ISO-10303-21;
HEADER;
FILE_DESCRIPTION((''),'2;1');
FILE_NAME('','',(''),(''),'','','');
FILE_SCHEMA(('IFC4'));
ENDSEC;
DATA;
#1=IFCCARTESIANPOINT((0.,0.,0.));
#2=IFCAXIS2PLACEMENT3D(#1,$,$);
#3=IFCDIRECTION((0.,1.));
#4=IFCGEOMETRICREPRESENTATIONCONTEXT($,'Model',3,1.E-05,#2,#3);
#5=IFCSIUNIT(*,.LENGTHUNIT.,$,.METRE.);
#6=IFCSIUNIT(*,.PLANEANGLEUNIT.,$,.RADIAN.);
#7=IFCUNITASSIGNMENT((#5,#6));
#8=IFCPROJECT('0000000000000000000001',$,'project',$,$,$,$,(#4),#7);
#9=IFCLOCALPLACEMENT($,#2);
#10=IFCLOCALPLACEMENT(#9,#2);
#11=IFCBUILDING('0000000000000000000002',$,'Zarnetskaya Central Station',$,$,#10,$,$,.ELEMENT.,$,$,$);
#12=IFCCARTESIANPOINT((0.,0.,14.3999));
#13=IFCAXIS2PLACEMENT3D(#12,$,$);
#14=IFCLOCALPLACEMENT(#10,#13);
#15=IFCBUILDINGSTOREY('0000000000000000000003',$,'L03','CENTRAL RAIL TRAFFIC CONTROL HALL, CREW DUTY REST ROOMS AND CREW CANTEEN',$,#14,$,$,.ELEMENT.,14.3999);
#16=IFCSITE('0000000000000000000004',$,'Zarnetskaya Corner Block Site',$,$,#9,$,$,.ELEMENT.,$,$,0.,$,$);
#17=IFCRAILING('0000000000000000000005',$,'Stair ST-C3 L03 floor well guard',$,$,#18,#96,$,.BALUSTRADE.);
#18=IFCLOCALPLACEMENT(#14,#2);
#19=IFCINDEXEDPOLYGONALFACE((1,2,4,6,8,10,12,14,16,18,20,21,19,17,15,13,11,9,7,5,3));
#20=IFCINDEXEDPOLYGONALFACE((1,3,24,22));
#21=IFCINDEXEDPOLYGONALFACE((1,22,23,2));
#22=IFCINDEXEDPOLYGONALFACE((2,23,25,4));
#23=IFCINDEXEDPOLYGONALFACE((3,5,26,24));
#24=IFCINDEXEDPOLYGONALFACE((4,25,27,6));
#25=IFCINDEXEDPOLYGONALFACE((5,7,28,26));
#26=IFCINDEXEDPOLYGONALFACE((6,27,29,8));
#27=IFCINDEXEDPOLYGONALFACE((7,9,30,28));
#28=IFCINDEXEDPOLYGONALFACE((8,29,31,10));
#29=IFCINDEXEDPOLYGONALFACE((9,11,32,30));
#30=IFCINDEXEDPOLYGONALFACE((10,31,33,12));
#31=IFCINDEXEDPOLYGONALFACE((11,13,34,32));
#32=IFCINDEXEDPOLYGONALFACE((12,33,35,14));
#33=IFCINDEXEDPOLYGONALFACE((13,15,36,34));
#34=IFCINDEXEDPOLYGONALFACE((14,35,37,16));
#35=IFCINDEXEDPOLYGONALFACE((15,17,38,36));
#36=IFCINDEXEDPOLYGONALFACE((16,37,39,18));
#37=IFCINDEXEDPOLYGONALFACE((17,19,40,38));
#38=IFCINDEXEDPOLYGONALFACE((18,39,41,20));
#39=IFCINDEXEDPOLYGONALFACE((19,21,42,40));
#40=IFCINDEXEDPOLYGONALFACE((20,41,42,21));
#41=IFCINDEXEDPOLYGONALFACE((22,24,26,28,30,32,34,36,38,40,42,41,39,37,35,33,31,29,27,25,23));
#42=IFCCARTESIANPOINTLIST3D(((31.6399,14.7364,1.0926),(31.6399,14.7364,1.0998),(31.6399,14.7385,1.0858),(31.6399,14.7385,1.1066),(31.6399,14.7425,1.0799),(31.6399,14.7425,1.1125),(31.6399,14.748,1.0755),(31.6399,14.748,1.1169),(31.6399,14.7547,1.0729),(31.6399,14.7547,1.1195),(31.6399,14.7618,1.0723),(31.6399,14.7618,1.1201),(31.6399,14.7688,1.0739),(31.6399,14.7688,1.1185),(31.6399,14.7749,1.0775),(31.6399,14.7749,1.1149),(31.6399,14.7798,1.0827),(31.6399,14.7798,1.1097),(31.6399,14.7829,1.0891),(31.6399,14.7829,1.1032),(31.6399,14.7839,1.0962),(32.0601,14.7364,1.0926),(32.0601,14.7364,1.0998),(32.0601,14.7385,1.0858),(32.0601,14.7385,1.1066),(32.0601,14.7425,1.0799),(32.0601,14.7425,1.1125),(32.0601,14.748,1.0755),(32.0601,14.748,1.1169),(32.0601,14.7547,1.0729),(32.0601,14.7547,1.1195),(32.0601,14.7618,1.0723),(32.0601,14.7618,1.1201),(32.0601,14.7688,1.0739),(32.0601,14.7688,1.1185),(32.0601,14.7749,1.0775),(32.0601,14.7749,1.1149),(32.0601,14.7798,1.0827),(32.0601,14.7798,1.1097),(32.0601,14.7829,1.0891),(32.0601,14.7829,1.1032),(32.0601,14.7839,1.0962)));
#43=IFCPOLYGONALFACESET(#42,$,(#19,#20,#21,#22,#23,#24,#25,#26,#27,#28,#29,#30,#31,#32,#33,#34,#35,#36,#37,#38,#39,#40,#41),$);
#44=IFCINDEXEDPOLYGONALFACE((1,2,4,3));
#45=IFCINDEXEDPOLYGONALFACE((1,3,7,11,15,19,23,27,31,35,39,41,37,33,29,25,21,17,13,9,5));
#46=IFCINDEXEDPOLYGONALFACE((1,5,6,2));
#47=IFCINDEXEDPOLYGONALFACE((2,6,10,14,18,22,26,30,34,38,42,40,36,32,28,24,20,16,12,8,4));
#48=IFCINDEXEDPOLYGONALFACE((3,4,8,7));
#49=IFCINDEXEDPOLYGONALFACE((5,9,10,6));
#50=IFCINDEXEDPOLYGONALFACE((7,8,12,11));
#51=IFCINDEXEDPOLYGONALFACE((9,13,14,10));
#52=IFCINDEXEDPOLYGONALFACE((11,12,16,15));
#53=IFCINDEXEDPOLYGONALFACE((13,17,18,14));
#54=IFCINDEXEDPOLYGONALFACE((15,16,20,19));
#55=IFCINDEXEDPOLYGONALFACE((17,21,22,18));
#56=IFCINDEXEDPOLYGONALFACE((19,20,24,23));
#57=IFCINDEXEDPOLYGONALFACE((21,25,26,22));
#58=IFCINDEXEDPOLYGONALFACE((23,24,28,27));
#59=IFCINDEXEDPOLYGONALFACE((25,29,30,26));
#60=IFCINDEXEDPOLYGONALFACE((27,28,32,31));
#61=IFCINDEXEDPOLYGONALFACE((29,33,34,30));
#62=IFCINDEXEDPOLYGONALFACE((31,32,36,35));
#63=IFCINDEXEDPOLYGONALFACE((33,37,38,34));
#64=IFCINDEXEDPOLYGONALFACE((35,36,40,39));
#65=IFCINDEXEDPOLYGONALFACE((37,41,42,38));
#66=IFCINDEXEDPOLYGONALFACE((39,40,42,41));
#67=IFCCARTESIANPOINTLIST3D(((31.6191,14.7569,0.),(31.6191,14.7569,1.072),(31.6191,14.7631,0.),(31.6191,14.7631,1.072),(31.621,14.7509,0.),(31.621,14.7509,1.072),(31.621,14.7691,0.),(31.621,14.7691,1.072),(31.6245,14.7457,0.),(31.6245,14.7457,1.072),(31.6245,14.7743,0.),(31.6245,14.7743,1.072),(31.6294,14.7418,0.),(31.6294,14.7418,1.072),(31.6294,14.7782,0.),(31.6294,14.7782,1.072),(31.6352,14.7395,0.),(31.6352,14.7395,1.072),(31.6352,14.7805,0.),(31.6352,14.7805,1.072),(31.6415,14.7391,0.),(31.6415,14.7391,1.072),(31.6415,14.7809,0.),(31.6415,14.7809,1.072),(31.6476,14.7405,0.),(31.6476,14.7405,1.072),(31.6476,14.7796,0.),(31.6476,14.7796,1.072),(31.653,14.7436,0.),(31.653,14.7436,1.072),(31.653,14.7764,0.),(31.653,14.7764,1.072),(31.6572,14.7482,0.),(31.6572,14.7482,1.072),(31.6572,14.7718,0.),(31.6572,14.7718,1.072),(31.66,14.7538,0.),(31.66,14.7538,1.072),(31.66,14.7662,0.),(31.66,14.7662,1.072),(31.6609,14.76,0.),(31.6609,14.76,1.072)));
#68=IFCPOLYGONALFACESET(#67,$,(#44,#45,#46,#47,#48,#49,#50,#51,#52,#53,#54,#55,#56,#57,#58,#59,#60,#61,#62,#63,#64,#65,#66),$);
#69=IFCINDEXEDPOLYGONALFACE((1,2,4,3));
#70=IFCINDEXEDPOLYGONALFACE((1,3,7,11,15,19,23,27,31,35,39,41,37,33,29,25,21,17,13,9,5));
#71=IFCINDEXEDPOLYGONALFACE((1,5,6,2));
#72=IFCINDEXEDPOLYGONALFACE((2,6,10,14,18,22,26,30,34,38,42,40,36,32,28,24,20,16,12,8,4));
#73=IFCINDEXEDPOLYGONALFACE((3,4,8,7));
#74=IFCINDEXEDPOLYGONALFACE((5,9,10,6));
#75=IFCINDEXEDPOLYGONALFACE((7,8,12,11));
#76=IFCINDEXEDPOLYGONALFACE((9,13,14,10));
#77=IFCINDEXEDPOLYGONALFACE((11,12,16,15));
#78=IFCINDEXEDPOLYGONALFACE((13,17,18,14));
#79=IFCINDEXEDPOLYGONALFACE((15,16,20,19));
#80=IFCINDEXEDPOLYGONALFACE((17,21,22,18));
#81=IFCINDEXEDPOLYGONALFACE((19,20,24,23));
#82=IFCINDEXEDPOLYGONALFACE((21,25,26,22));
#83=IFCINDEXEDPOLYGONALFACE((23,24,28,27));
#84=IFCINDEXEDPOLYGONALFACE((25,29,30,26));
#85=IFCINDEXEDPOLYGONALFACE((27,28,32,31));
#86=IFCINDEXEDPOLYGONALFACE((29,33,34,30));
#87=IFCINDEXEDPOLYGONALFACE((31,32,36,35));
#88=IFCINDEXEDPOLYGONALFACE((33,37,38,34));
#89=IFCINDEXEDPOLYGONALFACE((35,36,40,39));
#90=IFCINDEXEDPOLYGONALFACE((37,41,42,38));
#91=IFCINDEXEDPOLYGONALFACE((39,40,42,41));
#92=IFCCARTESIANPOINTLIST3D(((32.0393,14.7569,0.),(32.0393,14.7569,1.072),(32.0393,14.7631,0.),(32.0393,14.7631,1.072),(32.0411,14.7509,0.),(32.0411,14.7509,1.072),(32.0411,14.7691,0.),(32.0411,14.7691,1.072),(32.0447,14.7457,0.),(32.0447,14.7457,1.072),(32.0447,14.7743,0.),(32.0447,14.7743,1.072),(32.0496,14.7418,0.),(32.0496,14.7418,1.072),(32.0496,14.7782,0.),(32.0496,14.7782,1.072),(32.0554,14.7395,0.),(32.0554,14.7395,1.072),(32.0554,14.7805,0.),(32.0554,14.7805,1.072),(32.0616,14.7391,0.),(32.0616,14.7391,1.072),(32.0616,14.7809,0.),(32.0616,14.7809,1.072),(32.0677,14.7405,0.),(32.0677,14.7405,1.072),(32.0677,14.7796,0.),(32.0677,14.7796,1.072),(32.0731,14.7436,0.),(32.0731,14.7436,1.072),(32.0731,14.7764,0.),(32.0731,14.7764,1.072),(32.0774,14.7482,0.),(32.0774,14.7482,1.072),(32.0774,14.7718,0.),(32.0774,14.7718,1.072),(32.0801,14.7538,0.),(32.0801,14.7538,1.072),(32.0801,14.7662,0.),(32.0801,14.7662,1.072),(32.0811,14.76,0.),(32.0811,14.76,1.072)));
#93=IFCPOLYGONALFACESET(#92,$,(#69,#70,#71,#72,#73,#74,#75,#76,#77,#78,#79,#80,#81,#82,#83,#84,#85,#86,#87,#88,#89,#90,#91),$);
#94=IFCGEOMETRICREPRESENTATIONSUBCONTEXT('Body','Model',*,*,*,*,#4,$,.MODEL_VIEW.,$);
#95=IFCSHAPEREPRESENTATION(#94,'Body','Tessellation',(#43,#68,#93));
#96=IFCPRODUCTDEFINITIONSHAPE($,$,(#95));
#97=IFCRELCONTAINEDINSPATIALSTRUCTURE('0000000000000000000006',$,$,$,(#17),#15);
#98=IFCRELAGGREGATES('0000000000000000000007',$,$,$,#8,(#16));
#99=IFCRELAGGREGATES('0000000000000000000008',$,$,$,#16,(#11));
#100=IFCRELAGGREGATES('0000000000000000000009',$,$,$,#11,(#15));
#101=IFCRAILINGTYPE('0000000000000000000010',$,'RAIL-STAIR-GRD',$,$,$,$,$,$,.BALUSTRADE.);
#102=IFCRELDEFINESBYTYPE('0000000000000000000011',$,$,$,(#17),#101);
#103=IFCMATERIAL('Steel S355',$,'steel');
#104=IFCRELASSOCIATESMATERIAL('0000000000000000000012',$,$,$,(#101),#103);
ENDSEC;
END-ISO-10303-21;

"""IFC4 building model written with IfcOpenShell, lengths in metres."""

from ifc_helpers import new_model, si_unit, direction, frame, origin, origin_2d, place, context, subcontext, project, spatial, circle, extrude, material, type_object, element, save


model = new_model("IFC4")

# Units and contexts
model_context = context("Model", 3, precision=1e-05, world=origin(), true_north=direction((0.0, 1.0)))
body_context = subcontext(model_context, "Body", "Model", "MODEL_VIEW")
ifc_project = project(units=[si_unit("LENGTHUNIT", "METRE"), si_unit("PLANEANGLEUNIT", "RADIAN")], contexts=[model_context])

# Site, building, storey
site_placement = place(None, origin())
site = spatial("IfcSite", under=ifc_project, at=site_placement, Name="Zarnetskaya Corner Block Site", CompositionType="ELEMENT", RefElevation=0.0)
building_placement = place(site_placement, origin())
building = spatial("IfcBuilding", under=site, at=building_placement, Name="Zarnetskaya Central Station", CompositionType="ELEMENT")
storey_placement = place(building_placement, frame((0.0, 0.0, 14.3999)))
storey = spatial("IfcBuildingStorey", under=building, at=storey_placement, Name="L03", Description="CENTRAL RAIL TRAFFIC CONTROL HALL, CREW DUTY REST ROOMS AND CREW CANTEEN", CompositionType="ELEMENT", Elevation=14.3999)

# Shared definitions
ifc_material_1 = material(Name="Steel S355", Category="steel")

# Railing
railing_type_1 = type_object("IfcRailingType", Name="RAIL-STAIR-GRD", PredefinedType="BALUSTRADE", material=ifc_material_1)
railing_1_placement = place(storey_placement, frame((31.6399, 14.76, 0.0)))
element("IfcRailing", 1, at=railing_1_placement, inside=storey, type_object=railing_type_1, Name="Stair ST-C3 L03 floor well guard", PredefinedType="BALUSTRADE", context=body_context, shape_type="SweptSolid", body=[
    extrude(circle(Radius=0.0239, at=origin_2d()), frame((0.0, 0.0, 1.0962), z_axis=(1.0, 0.0, 0.0), x_axis=(0.0, 1.0, 0.0)), (0.0, 0.0, 1.0), 0.4202),
    extrude(circle(Radius=0.021, at=origin_2d()), origin(), (0.0, 0.0, 1.0), 1.072),
    extrude(circle(Radius=0.021, at=origin_2d()), frame((0.4202, 0.0, 0.0)), (0.0, 0.0, 1.0), 1.072),
])

save(model, "model.ifc")
